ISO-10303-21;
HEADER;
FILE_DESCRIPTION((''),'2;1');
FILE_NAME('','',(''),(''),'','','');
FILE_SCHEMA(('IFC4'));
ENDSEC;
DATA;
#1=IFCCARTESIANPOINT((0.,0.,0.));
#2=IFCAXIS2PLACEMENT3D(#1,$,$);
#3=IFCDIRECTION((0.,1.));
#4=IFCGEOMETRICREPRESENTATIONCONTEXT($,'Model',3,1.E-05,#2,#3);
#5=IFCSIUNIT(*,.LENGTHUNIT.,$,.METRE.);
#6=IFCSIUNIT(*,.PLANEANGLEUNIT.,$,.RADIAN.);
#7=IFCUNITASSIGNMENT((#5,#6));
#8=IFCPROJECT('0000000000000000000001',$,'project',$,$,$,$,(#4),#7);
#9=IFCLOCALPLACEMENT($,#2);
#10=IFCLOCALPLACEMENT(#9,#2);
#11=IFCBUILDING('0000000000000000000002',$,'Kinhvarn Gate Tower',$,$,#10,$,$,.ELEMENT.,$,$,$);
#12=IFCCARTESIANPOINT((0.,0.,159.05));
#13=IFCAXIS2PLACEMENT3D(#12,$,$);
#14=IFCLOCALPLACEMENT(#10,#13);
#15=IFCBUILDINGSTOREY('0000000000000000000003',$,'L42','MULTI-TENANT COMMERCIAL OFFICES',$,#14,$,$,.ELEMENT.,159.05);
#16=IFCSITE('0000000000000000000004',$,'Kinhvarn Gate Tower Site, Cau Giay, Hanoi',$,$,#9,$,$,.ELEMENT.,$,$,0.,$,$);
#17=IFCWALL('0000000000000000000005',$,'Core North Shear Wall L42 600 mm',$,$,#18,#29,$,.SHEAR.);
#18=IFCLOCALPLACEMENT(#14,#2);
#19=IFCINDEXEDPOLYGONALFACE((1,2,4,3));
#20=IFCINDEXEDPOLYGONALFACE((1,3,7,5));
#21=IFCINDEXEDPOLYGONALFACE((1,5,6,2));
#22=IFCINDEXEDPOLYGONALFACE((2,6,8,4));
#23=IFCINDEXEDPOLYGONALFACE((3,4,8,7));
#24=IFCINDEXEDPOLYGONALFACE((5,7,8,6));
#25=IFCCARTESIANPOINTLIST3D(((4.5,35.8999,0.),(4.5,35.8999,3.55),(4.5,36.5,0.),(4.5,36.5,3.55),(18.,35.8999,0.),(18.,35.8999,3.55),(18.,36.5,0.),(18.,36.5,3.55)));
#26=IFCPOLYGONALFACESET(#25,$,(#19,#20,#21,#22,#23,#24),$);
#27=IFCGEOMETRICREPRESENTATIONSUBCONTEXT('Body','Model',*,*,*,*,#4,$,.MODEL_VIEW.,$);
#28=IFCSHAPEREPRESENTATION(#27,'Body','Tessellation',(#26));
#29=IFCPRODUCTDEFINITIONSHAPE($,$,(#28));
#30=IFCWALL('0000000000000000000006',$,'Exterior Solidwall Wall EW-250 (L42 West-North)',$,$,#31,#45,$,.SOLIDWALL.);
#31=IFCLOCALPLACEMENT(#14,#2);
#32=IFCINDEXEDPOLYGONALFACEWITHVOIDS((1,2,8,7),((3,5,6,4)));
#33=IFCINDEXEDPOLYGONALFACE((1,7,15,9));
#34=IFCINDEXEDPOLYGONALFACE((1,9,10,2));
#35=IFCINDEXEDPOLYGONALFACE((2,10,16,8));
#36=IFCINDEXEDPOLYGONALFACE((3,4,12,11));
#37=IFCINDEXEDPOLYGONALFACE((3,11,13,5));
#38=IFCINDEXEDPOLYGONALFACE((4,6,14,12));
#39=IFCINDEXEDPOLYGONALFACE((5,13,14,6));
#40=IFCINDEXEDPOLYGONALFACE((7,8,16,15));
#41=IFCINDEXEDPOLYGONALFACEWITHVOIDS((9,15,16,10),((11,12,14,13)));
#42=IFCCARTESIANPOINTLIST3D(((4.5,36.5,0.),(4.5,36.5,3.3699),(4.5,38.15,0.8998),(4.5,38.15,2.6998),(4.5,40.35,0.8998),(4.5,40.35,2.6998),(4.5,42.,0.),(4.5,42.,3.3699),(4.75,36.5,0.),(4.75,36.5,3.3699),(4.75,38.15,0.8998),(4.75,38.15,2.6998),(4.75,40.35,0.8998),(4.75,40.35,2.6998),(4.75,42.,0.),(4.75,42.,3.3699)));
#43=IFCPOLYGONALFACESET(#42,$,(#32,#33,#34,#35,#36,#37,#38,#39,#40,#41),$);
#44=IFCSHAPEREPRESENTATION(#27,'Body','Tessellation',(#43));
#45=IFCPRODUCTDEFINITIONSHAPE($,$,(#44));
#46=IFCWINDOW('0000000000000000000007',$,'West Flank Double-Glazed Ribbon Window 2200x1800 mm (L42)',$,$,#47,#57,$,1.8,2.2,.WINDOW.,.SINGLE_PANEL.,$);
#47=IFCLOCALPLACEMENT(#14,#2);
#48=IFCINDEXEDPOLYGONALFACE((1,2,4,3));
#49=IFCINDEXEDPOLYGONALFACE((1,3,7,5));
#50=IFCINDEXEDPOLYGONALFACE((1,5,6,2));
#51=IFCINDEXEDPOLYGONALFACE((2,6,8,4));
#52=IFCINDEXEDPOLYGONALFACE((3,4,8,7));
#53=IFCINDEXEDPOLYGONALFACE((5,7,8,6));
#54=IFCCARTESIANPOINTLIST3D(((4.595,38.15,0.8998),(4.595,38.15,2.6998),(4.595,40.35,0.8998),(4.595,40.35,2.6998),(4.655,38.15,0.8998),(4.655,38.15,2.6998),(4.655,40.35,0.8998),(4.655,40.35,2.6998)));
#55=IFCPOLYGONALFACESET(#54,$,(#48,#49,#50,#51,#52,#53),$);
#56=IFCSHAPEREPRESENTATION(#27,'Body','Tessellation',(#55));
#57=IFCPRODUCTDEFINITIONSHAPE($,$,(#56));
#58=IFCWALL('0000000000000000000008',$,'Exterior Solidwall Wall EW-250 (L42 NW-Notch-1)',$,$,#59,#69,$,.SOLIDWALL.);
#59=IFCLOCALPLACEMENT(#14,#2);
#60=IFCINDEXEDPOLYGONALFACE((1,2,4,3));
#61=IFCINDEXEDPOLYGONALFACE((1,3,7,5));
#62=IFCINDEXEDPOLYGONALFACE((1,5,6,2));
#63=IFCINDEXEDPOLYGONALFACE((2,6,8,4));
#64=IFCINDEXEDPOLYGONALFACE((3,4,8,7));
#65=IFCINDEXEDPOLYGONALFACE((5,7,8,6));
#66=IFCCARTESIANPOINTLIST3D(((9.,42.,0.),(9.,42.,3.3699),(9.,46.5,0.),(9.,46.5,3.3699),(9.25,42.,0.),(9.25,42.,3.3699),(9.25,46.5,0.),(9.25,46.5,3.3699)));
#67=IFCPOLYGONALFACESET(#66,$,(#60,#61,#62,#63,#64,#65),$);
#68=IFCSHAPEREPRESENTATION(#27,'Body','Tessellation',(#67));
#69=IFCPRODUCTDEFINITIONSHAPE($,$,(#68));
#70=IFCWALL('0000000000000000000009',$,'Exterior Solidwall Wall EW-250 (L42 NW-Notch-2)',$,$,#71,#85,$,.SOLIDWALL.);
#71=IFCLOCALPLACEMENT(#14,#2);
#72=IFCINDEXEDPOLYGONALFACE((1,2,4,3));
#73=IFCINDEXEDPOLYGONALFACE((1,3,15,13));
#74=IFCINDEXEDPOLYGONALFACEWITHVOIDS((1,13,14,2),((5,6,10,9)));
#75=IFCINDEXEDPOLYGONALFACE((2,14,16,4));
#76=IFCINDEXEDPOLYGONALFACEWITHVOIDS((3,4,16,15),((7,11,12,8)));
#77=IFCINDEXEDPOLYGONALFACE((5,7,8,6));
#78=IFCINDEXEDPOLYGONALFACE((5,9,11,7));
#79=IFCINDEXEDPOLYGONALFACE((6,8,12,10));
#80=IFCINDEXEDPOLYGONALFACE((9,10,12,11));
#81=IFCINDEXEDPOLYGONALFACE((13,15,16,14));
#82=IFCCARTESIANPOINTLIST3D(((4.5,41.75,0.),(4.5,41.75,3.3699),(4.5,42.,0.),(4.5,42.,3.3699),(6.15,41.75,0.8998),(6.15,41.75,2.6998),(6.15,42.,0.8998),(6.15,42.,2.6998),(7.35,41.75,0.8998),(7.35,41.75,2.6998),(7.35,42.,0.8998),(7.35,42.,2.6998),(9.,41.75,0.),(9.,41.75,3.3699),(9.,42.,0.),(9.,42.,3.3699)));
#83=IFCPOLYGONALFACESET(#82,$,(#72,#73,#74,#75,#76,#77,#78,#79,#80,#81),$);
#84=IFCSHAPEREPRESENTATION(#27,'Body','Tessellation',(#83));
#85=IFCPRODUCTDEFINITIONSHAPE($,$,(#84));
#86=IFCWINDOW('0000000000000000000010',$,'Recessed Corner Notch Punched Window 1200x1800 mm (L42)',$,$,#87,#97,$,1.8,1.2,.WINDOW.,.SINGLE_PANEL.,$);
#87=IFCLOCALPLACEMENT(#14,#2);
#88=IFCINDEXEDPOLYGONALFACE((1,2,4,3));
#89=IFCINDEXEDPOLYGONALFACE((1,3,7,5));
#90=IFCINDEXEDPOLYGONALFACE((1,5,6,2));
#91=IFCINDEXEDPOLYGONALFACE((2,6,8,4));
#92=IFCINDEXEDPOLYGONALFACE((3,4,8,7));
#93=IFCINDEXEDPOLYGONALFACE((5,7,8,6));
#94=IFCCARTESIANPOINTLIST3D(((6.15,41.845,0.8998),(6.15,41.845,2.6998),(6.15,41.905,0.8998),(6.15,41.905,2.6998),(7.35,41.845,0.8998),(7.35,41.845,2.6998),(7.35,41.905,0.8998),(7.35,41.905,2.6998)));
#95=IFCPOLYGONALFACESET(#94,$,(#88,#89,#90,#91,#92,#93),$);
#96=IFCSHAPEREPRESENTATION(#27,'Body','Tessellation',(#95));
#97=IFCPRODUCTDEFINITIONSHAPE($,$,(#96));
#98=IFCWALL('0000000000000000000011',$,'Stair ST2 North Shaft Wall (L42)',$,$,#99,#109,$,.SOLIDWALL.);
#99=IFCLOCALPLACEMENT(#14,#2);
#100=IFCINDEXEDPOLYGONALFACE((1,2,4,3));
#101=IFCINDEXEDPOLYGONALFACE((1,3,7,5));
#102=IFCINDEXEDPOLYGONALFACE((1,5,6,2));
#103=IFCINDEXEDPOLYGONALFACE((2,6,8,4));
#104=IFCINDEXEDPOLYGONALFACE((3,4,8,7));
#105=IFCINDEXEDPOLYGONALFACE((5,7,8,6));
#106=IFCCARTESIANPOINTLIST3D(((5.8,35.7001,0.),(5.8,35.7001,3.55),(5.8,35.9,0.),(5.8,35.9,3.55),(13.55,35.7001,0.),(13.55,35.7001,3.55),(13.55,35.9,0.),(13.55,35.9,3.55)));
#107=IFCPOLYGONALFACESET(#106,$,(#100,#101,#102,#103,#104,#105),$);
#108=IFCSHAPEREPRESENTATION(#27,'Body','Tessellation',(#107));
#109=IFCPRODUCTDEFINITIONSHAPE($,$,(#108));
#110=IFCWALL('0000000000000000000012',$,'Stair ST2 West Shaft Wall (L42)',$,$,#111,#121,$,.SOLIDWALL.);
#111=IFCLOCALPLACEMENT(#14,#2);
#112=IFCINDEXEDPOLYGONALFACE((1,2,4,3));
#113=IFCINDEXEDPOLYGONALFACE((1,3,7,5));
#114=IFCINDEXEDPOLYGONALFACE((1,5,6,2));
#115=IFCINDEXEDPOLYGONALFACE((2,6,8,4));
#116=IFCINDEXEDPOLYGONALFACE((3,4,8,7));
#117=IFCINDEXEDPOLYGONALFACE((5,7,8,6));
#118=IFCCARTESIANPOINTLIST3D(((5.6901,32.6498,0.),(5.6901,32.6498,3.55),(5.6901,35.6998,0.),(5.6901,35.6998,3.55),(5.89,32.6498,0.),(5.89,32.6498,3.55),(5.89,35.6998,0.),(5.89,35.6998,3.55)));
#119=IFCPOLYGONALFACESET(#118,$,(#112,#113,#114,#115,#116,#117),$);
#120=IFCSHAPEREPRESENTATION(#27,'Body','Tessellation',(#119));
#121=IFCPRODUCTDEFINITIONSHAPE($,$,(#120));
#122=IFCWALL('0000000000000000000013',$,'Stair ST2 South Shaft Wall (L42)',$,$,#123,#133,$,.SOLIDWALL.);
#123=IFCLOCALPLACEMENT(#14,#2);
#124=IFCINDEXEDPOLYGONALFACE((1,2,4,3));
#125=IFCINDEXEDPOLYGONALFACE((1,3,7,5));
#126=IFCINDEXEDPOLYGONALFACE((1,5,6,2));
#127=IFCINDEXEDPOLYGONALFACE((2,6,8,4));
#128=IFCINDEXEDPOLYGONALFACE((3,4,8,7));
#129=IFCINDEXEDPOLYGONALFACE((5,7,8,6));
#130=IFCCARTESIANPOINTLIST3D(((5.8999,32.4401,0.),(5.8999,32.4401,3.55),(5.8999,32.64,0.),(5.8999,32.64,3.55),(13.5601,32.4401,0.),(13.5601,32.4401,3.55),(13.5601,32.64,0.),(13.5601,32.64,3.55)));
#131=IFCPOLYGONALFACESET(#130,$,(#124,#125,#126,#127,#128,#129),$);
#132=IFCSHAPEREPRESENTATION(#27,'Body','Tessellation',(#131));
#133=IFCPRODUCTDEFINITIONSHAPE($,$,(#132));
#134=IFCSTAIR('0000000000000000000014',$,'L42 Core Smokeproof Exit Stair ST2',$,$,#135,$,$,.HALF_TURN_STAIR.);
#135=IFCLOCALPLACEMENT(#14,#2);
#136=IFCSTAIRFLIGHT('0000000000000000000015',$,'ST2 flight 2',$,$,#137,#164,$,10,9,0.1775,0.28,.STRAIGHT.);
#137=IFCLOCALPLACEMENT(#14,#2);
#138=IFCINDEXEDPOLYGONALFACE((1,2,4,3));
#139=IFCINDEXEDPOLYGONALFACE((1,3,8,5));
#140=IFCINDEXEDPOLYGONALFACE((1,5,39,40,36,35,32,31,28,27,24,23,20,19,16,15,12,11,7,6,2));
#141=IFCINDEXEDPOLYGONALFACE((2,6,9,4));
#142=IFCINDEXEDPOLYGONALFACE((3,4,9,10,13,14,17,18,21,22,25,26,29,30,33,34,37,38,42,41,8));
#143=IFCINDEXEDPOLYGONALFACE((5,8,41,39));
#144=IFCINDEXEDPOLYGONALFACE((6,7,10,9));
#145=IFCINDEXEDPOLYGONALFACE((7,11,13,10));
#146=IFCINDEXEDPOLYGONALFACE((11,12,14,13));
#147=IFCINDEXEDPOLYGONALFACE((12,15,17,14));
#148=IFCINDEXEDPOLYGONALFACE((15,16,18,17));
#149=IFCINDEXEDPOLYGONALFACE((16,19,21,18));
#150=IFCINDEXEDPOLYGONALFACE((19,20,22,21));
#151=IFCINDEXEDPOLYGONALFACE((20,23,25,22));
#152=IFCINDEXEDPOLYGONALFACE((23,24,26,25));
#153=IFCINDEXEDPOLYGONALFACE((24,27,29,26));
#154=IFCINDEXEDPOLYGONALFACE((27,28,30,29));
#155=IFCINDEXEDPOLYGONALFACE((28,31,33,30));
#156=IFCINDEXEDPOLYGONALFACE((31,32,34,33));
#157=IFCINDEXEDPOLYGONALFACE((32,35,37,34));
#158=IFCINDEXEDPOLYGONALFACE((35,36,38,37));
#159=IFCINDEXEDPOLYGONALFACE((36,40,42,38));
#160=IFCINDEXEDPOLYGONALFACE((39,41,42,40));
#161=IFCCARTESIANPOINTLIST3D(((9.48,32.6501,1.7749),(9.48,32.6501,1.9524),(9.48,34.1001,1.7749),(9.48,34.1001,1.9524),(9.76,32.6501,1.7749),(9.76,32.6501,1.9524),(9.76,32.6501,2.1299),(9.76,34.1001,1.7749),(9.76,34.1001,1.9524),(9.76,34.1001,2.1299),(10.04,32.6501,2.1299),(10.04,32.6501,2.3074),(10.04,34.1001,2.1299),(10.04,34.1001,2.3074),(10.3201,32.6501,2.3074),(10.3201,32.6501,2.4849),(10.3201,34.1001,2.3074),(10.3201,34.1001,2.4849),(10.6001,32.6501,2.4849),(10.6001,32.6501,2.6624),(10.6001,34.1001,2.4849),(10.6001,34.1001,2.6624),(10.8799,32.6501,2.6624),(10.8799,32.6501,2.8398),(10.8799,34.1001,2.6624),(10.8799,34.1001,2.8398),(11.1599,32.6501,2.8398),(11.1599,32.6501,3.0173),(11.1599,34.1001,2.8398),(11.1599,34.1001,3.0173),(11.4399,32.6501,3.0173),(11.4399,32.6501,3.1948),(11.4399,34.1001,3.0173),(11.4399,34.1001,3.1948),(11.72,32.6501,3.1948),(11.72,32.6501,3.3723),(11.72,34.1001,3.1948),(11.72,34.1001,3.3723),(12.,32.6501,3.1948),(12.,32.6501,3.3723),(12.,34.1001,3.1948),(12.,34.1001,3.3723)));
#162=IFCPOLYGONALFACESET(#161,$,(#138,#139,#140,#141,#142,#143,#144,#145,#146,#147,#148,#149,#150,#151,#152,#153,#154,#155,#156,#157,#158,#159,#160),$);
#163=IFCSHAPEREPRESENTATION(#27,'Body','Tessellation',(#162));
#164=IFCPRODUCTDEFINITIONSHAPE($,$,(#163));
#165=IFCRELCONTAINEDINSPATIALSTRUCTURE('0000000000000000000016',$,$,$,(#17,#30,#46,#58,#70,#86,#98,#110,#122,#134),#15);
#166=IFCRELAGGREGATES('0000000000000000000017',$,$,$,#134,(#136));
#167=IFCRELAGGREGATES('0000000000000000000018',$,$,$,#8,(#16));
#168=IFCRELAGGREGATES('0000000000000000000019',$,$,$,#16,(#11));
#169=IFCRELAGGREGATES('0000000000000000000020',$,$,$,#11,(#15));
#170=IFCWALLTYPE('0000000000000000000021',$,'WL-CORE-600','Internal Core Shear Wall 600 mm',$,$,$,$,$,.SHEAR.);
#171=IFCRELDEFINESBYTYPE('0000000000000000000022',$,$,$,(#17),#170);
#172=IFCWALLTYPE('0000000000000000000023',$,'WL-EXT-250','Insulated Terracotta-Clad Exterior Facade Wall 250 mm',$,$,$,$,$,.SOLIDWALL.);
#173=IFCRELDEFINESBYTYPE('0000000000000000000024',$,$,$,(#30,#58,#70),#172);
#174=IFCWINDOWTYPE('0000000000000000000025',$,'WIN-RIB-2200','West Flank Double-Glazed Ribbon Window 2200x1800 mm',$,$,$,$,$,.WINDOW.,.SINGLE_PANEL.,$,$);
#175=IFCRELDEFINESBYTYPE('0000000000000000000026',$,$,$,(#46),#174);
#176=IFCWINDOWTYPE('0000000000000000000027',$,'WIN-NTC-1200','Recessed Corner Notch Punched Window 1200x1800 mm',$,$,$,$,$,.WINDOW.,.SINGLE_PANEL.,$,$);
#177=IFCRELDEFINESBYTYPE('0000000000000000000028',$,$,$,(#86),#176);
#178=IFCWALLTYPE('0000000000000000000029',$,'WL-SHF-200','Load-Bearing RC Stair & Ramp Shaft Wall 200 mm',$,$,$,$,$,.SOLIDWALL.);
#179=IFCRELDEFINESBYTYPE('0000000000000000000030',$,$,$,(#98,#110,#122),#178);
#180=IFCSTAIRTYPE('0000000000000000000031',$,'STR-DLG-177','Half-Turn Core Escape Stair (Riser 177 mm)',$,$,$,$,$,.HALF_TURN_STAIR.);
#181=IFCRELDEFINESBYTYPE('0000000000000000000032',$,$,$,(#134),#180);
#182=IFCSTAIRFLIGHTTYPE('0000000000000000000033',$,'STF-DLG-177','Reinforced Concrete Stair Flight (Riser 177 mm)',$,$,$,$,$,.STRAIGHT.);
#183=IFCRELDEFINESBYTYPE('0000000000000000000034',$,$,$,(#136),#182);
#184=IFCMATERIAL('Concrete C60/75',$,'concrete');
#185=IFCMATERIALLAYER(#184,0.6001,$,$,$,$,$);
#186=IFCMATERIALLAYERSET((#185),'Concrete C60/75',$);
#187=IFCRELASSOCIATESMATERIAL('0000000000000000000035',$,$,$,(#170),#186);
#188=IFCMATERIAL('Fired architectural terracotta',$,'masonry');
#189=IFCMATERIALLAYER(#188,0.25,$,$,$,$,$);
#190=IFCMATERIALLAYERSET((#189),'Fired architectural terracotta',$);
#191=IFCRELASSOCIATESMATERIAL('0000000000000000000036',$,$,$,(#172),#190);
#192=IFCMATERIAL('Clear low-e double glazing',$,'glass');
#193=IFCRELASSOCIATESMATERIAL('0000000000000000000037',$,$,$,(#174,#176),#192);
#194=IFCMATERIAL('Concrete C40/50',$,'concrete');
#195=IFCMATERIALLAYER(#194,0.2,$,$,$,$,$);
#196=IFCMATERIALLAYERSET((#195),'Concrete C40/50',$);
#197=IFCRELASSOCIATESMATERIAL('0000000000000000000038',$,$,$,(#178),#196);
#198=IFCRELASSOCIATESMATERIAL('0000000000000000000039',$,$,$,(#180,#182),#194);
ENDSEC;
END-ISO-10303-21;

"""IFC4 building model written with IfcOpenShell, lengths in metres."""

from ifc_helpers import new_model, si_unit, direction, frame, frame_2d, origin, place, context, subcontext, project, spatial, polyline, rectangle, outline, extrude, material, layer, layer_set, type_object, element, fill, aggregate, save


model = new_model("IFC4")

# Units and contexts
model_context = context("Model", 3, precision=1e-05, world=origin(), true_north=direction((0.0, 1.0)))
body_context = subcontext(model_context, "Body", "Model", "MODEL_VIEW")
ifc_project = project(units=[si_unit("LENGTHUNIT", "METRE"), si_unit("PLANEANGLEUNIT", "RADIAN")], contexts=[model_context])

# Site, building, storey
site_placement = place(None, origin())
site = spatial("IfcSite", under=ifc_project, at=site_placement, Name="Kinhvarn Gate Tower Site, Cau Giay, Hanoi", CompositionType="ELEMENT", RefElevation=0.0)
building_placement = place(site_placement, origin())
building = spatial("IfcBuilding", under=site, at=building_placement, Name="Kinhvarn Gate Tower", CompositionType="ELEMENT")
storey_placement = place(building_placement, frame((0.0, 0.0, 159.05)))
storey = spatial("IfcBuildingStorey", under=building, at=storey_placement, Name="L42", Description="MULTI-TENANT COMMERCIAL OFFICES", CompositionType="ELEMENT", Elevation=159.05)

# Shared definitions
ifc_material_1 = material(Name="Concrete C60/75", Category="concrete")

# Shared definitions
ifc_material_2 = material(Name="Clear low-e double glazing", Category="glass")

# Wall
ifc_layer_1 = layer(ifc_material_1, 0.6001)
ifc_layer_set_1 = layer_set([ifc_layer_1], Name="Concrete C60/75")
wall_type_1 = type_object("IfcWallType", Name="WL-CORE-600", Description="Internal Core Shear Wall 600 mm", PredefinedType="SHEAR", material=ifc_layer_set_1)
wall_1_placement = place(storey_placement, frame((4.5, 36.2, 0.0), z_axis=(0.0, 0.0, 1.0), x_axis=(1.0, 0.0, 0.0)))
element("IfcWall", 1, at=wall_1_placement, inside=storey, type_object=wall_type_1, Name="Core North Shear Wall L42 600 mm", PredefinedType="SHEAR", context=body_context, shape_type="SweptSolid", body=[
    extrude(rectangle(XDim=13.5, YDim=0.6001, at=frame_2d((6.75, 0.0))), origin(), (0.0, 0.0, 1.0), 3.55),
])

# Wall, opening, window
ifc_material_3 = material(Name="Fired architectural terracotta", Category="masonry")
ifc_layer_2 = layer(ifc_material_3, 0.25)
ifc_layer_set_2 = layer_set([ifc_layer_2], Name="Fired architectural terracotta")
wall_type_2 = type_object("IfcWallType", Name="WL-EXT-250", Description="Insulated Terracotta-Clad Exterior Facade Wall 250 mm", PredefinedType="SOLIDWALL", material=ifc_layer_set_2)
wall_2_placement = place(storey_placement, frame((4.625, 42.0, 0.0), z_axis=(0.0, 0.0, 1.0), x_axis=(0.0, -1.0, 0.0)))
wall_2 = element("IfcWall", 2, at=wall_2_placement, inside=storey, type_object=wall_type_2, Name="Exterior Solidwall Wall EW-250 (L42 West-North)", PredefinedType="SOLIDWALL", context=body_context, shape_type="SweptSolid", body=[
    extrude(rectangle(XDim=5.5, YDim=0.25, at=frame_2d((2.75, 0.0))), origin(), (0.0, 0.0, 1.0), 3.3699),
])
opening_1_placement = place(wall_2_placement, frame((1.6499, 0.0, 0.8999)))
opening_1 = element("IfcOpeningElement", 3, at=opening_1_placement, cuts=wall_2, PredefinedType="OPENING", context=body_context, shape_type="SweptSolid", body=[
    extrude(rectangle(XDim=2.2, YDim=1.8, at=frame_2d((1.1001, 0.8999))), frame((0.0, 0.135, 0.0), z_axis=(0.0, -1.0, 0.0), x_axis=(1.0, 0.0, 0.0)), (0.0, 0.0, 1.0), 0.27),
])
window_type_1 = type_object("IfcWindowType", Name="WIN-RIB-2200", Description="West Flank Double-Glazed Ribbon Window 2200x1800 mm", PartitioningType="SINGLE_PANEL", PredefinedType="WINDOW", material=ifc_material_2)
window_1_placement = place(opening_1_placement, origin())
window_1 = element("IfcWindow", 4, at=window_1_placement, inside=storey, type_object=window_type_1, Name="West Flank Double-Glazed Ribbon Window 2200x1800 mm (L42)", OverallHeight=1.8, OverallWidth=2.2, PartitioningType="SINGLE_PANEL", PredefinedType="WINDOW", context=body_context, shape_type="SweptSolid", body=[
    extrude(rectangle(XDim=2.2, YDim=1.8, at=frame_2d((1.1001, 0.8999))), frame((0.0, 0.03, 0.0), z_axis=(0.0, -1.0, 0.0), x_axis=(1.0, 0.0, 0.0)), (0.0, 0.0, 1.0), 0.0601),
])
fill(opening_1, window_1)

# Wall
wall_3_placement = place(storey_placement, frame((9.125, 46.5, 0.0), z_axis=(0.0, 0.0, 1.0), x_axis=(0.0, -1.0, 0.0)))
element("IfcWall", 5, at=wall_3_placement, inside=storey, type_object=wall_type_2, Name="Exterior Solidwall Wall EW-250 (L42 NW-Notch-1)", PredefinedType="SOLIDWALL", context=body_context, shape_type="SweptSolid", body=[
    extrude(rectangle(XDim=4.5, YDim=0.25, at=frame_2d((2.25, 0.0))), origin(), (0.0, 0.0, 1.0), 3.3699),
])

# Wall, opening, window
wall_4_placement = place(storey_placement, frame((9.0, 41.875, 0.0), z_axis=(0.0, 0.0, 1.0), x_axis=(-1.0, 0.0, 0.0)))
wall_4 = element("IfcWall", 6, at=wall_4_placement, inside=storey, type_object=wall_type_2, Name="Exterior Solidwall Wall EW-250 (L42 NW-Notch-2)", PredefinedType="SOLIDWALL", context=body_context, shape_type="SweptSolid", body=[
    extrude(rectangle(XDim=4.5, YDim=0.25, at=frame_2d((2.25, 0.0))), origin(), (0.0, 0.0, 1.0), 3.3699),
])
opening_2_placement = place(wall_4_placement, frame((1.6499, 0.0, 0.8999)))
opening_2 = element("IfcOpeningElement", 7, at=opening_2_placement, cuts=wall_4, PredefinedType="OPENING", context=body_context, shape_type="SweptSolid", body=[
    extrude(rectangle(XDim=1.2, YDim=1.8, at=frame_2d((0.6001, 0.8999))), frame((0.0, 0.135, 0.0), z_axis=(0.0, -1.0, 0.0), x_axis=(1.0, 0.0, 0.0)), (0.0, 0.0, 1.0), 0.27),
])
window_type_2 = type_object("IfcWindowType", Name="WIN-NTC-1200", Description="Recessed Corner Notch Punched Window 1200x1800 mm", PartitioningType="SINGLE_PANEL", PredefinedType="WINDOW", material=ifc_material_2)
window_2_placement = place(opening_2_placement, origin())
window_2 = element("IfcWindow", 8, at=window_2_placement, inside=storey, type_object=window_type_2, Name="Recessed Corner Notch Punched Window 1200x1800 mm (L42)", OverallHeight=1.8, OverallWidth=1.2, PartitioningType="SINGLE_PANEL", PredefinedType="WINDOW", context=body_context, shape_type="SweptSolid", body=[
    extrude(rectangle(XDim=1.2, YDim=1.8, at=frame_2d((0.6001, 0.8999))), frame((0.0, 0.03, 0.0), z_axis=(0.0, -1.0, 0.0), x_axis=(1.0, 0.0, 0.0)), (0.0, 0.0, 1.0), 0.0601),
])
fill(opening_2, window_2)

# Walls
ifc_material_4 = material(Name="Concrete C40/50", Category="concrete")
ifc_layer_3 = layer(ifc_material_4, 0.2)
ifc_layer_set_3 = layer_set([ifc_layer_3], Name="Concrete C40/50")
wall_type_3 = type_object("IfcWallType", Name="WL-SHF-200", Description="Load-Bearing RC Stair & Ramp Shaft Wall 200 mm", PredefinedType="SOLIDWALL", material=ifc_layer_set_3)
wall_5_placement = place(storey_placement, frame((5.8, 35.8, 0.0), z_axis=(0.0, 0.0, 1.0), x_axis=(1.0, 0.0, 0.0)))
element("IfcWall", 9, at=wall_5_placement, inside=storey, type_object=wall_type_3, Name="Stair ST2 North Shaft Wall (L42)", PredefinedType="SOLIDWALL", context=body_context, shape_type="SweptSolid", body=[
    extrude(rectangle(XDim=7.75, YDim=0.2, at=frame_2d((3.875, 0.0))), origin(), (0.0, 0.0, 1.0), 3.55),
])
wall_6_placement = place(storey_placement, frame((5.79, 32.6499, 0.0), z_axis=(0.0, 0.0, 1.0), x_axis=(0.0, 1.0, 0.0)))
element("IfcWall", 10, at=wall_6_placement, inside=storey, type_object=wall_type_3, Name="Stair ST2 West Shaft Wall (L42)", PredefinedType="SOLIDWALL", context=body_context, shape_type="SweptSolid", body=[
    extrude(rectangle(XDim=3.05, YDim=0.2, at=frame_2d((1.5249, 0.0))), origin(), (0.0, 0.0, 1.0), 3.55),
])
wall_7_placement = place(storey_placement, frame((5.8999, 32.54, 0.0), z_axis=(0.0, 0.0, 1.0), x_axis=(1.0, 0.0, 0.0)))
element("IfcWall", 11, at=wall_7_placement, inside=storey, type_object=wall_type_3, Name="Stair ST2 South Shaft Wall (L42)", PredefinedType="SOLIDWALL", context=body_context, shape_type="SweptSolid", body=[
    extrude(rectangle(XDim=7.6602, YDim=0.2, at=frame_2d((3.8301, 0.0))), origin(), (0.0, 0.0, 1.0), 3.55),
])

# Stair, stair flight
stair_type = type_object("IfcStairType", Name="STR-DLG-177", Description="Half-Turn Core Escape Stair (Riser 177 mm)", PredefinedType="HALF_TURN_STAIR", material=ifc_material_4)
stair_placement = place(storey_placement, origin())
stair = element("IfcStair", 12, at=stair_placement, inside=storey, type_object=stair_type, Name="L42 Core Smokeproof Exit Stair ST2", PredefinedType="HALF_TURN_STAIR")
stair_flight_type = type_object("IfcStairFlightType", Name="STF-DLG-177", Description="Reinforced Concrete Stair Flight (Riser 177 mm)", PredefinedType="STRAIGHT", material=ifc_material_4)
stair_flight_placement = place(storey_placement, frame((9.48, 33.375, 1.7749), z_axis=(0.0, 0.0, 1.0), x_axis=(1.0, 0.0, 0.0)))
stair_flight = element("IfcStairFlight", 13, at=stair_flight_placement, type_object=stair_flight_type, Name="ST2 flight 2", NumberOfRisers=10, NumberOfTreads=9, PredefinedType="STRAIGHT", RiserHeight=0.1775, TreadLength=0.28, context=body_context, shape_type="SweptSolid", body=[
    extrude(outline(polyline([(0.0, 0.0), (0.0, 0.1775), (0.28, 0.1775), (0.28, 0.355), (0.5601, 0.355), (0.5601, 0.5325), (0.8401, 0.5325), (0.8401, 0.71), (1.1201, 0.71), (1.1201, 0.8875), (1.3999, 0.8875), (1.3999, 1.0649), (1.6799, 1.0649), (1.6799, 1.2424), (1.96, 1.2424), (1.96, 1.4199), (2.24, 1.4199), (2.24, 1.5974), (2.52, 1.5974), (2.52, 1.7749), (2.52, 1.4199), (0.28, 0.0), (0.0, 0.0)])), frame((0.0, 0.7251, 0.0), z_axis=(0.0, -1.0, 0.0), x_axis=(1.0, 0.0, 0.0)), (0.0, 0.0, 1.0), 1.45),
])
aggregate(stair, [stair_flight])

save(model, "model.ifc")
